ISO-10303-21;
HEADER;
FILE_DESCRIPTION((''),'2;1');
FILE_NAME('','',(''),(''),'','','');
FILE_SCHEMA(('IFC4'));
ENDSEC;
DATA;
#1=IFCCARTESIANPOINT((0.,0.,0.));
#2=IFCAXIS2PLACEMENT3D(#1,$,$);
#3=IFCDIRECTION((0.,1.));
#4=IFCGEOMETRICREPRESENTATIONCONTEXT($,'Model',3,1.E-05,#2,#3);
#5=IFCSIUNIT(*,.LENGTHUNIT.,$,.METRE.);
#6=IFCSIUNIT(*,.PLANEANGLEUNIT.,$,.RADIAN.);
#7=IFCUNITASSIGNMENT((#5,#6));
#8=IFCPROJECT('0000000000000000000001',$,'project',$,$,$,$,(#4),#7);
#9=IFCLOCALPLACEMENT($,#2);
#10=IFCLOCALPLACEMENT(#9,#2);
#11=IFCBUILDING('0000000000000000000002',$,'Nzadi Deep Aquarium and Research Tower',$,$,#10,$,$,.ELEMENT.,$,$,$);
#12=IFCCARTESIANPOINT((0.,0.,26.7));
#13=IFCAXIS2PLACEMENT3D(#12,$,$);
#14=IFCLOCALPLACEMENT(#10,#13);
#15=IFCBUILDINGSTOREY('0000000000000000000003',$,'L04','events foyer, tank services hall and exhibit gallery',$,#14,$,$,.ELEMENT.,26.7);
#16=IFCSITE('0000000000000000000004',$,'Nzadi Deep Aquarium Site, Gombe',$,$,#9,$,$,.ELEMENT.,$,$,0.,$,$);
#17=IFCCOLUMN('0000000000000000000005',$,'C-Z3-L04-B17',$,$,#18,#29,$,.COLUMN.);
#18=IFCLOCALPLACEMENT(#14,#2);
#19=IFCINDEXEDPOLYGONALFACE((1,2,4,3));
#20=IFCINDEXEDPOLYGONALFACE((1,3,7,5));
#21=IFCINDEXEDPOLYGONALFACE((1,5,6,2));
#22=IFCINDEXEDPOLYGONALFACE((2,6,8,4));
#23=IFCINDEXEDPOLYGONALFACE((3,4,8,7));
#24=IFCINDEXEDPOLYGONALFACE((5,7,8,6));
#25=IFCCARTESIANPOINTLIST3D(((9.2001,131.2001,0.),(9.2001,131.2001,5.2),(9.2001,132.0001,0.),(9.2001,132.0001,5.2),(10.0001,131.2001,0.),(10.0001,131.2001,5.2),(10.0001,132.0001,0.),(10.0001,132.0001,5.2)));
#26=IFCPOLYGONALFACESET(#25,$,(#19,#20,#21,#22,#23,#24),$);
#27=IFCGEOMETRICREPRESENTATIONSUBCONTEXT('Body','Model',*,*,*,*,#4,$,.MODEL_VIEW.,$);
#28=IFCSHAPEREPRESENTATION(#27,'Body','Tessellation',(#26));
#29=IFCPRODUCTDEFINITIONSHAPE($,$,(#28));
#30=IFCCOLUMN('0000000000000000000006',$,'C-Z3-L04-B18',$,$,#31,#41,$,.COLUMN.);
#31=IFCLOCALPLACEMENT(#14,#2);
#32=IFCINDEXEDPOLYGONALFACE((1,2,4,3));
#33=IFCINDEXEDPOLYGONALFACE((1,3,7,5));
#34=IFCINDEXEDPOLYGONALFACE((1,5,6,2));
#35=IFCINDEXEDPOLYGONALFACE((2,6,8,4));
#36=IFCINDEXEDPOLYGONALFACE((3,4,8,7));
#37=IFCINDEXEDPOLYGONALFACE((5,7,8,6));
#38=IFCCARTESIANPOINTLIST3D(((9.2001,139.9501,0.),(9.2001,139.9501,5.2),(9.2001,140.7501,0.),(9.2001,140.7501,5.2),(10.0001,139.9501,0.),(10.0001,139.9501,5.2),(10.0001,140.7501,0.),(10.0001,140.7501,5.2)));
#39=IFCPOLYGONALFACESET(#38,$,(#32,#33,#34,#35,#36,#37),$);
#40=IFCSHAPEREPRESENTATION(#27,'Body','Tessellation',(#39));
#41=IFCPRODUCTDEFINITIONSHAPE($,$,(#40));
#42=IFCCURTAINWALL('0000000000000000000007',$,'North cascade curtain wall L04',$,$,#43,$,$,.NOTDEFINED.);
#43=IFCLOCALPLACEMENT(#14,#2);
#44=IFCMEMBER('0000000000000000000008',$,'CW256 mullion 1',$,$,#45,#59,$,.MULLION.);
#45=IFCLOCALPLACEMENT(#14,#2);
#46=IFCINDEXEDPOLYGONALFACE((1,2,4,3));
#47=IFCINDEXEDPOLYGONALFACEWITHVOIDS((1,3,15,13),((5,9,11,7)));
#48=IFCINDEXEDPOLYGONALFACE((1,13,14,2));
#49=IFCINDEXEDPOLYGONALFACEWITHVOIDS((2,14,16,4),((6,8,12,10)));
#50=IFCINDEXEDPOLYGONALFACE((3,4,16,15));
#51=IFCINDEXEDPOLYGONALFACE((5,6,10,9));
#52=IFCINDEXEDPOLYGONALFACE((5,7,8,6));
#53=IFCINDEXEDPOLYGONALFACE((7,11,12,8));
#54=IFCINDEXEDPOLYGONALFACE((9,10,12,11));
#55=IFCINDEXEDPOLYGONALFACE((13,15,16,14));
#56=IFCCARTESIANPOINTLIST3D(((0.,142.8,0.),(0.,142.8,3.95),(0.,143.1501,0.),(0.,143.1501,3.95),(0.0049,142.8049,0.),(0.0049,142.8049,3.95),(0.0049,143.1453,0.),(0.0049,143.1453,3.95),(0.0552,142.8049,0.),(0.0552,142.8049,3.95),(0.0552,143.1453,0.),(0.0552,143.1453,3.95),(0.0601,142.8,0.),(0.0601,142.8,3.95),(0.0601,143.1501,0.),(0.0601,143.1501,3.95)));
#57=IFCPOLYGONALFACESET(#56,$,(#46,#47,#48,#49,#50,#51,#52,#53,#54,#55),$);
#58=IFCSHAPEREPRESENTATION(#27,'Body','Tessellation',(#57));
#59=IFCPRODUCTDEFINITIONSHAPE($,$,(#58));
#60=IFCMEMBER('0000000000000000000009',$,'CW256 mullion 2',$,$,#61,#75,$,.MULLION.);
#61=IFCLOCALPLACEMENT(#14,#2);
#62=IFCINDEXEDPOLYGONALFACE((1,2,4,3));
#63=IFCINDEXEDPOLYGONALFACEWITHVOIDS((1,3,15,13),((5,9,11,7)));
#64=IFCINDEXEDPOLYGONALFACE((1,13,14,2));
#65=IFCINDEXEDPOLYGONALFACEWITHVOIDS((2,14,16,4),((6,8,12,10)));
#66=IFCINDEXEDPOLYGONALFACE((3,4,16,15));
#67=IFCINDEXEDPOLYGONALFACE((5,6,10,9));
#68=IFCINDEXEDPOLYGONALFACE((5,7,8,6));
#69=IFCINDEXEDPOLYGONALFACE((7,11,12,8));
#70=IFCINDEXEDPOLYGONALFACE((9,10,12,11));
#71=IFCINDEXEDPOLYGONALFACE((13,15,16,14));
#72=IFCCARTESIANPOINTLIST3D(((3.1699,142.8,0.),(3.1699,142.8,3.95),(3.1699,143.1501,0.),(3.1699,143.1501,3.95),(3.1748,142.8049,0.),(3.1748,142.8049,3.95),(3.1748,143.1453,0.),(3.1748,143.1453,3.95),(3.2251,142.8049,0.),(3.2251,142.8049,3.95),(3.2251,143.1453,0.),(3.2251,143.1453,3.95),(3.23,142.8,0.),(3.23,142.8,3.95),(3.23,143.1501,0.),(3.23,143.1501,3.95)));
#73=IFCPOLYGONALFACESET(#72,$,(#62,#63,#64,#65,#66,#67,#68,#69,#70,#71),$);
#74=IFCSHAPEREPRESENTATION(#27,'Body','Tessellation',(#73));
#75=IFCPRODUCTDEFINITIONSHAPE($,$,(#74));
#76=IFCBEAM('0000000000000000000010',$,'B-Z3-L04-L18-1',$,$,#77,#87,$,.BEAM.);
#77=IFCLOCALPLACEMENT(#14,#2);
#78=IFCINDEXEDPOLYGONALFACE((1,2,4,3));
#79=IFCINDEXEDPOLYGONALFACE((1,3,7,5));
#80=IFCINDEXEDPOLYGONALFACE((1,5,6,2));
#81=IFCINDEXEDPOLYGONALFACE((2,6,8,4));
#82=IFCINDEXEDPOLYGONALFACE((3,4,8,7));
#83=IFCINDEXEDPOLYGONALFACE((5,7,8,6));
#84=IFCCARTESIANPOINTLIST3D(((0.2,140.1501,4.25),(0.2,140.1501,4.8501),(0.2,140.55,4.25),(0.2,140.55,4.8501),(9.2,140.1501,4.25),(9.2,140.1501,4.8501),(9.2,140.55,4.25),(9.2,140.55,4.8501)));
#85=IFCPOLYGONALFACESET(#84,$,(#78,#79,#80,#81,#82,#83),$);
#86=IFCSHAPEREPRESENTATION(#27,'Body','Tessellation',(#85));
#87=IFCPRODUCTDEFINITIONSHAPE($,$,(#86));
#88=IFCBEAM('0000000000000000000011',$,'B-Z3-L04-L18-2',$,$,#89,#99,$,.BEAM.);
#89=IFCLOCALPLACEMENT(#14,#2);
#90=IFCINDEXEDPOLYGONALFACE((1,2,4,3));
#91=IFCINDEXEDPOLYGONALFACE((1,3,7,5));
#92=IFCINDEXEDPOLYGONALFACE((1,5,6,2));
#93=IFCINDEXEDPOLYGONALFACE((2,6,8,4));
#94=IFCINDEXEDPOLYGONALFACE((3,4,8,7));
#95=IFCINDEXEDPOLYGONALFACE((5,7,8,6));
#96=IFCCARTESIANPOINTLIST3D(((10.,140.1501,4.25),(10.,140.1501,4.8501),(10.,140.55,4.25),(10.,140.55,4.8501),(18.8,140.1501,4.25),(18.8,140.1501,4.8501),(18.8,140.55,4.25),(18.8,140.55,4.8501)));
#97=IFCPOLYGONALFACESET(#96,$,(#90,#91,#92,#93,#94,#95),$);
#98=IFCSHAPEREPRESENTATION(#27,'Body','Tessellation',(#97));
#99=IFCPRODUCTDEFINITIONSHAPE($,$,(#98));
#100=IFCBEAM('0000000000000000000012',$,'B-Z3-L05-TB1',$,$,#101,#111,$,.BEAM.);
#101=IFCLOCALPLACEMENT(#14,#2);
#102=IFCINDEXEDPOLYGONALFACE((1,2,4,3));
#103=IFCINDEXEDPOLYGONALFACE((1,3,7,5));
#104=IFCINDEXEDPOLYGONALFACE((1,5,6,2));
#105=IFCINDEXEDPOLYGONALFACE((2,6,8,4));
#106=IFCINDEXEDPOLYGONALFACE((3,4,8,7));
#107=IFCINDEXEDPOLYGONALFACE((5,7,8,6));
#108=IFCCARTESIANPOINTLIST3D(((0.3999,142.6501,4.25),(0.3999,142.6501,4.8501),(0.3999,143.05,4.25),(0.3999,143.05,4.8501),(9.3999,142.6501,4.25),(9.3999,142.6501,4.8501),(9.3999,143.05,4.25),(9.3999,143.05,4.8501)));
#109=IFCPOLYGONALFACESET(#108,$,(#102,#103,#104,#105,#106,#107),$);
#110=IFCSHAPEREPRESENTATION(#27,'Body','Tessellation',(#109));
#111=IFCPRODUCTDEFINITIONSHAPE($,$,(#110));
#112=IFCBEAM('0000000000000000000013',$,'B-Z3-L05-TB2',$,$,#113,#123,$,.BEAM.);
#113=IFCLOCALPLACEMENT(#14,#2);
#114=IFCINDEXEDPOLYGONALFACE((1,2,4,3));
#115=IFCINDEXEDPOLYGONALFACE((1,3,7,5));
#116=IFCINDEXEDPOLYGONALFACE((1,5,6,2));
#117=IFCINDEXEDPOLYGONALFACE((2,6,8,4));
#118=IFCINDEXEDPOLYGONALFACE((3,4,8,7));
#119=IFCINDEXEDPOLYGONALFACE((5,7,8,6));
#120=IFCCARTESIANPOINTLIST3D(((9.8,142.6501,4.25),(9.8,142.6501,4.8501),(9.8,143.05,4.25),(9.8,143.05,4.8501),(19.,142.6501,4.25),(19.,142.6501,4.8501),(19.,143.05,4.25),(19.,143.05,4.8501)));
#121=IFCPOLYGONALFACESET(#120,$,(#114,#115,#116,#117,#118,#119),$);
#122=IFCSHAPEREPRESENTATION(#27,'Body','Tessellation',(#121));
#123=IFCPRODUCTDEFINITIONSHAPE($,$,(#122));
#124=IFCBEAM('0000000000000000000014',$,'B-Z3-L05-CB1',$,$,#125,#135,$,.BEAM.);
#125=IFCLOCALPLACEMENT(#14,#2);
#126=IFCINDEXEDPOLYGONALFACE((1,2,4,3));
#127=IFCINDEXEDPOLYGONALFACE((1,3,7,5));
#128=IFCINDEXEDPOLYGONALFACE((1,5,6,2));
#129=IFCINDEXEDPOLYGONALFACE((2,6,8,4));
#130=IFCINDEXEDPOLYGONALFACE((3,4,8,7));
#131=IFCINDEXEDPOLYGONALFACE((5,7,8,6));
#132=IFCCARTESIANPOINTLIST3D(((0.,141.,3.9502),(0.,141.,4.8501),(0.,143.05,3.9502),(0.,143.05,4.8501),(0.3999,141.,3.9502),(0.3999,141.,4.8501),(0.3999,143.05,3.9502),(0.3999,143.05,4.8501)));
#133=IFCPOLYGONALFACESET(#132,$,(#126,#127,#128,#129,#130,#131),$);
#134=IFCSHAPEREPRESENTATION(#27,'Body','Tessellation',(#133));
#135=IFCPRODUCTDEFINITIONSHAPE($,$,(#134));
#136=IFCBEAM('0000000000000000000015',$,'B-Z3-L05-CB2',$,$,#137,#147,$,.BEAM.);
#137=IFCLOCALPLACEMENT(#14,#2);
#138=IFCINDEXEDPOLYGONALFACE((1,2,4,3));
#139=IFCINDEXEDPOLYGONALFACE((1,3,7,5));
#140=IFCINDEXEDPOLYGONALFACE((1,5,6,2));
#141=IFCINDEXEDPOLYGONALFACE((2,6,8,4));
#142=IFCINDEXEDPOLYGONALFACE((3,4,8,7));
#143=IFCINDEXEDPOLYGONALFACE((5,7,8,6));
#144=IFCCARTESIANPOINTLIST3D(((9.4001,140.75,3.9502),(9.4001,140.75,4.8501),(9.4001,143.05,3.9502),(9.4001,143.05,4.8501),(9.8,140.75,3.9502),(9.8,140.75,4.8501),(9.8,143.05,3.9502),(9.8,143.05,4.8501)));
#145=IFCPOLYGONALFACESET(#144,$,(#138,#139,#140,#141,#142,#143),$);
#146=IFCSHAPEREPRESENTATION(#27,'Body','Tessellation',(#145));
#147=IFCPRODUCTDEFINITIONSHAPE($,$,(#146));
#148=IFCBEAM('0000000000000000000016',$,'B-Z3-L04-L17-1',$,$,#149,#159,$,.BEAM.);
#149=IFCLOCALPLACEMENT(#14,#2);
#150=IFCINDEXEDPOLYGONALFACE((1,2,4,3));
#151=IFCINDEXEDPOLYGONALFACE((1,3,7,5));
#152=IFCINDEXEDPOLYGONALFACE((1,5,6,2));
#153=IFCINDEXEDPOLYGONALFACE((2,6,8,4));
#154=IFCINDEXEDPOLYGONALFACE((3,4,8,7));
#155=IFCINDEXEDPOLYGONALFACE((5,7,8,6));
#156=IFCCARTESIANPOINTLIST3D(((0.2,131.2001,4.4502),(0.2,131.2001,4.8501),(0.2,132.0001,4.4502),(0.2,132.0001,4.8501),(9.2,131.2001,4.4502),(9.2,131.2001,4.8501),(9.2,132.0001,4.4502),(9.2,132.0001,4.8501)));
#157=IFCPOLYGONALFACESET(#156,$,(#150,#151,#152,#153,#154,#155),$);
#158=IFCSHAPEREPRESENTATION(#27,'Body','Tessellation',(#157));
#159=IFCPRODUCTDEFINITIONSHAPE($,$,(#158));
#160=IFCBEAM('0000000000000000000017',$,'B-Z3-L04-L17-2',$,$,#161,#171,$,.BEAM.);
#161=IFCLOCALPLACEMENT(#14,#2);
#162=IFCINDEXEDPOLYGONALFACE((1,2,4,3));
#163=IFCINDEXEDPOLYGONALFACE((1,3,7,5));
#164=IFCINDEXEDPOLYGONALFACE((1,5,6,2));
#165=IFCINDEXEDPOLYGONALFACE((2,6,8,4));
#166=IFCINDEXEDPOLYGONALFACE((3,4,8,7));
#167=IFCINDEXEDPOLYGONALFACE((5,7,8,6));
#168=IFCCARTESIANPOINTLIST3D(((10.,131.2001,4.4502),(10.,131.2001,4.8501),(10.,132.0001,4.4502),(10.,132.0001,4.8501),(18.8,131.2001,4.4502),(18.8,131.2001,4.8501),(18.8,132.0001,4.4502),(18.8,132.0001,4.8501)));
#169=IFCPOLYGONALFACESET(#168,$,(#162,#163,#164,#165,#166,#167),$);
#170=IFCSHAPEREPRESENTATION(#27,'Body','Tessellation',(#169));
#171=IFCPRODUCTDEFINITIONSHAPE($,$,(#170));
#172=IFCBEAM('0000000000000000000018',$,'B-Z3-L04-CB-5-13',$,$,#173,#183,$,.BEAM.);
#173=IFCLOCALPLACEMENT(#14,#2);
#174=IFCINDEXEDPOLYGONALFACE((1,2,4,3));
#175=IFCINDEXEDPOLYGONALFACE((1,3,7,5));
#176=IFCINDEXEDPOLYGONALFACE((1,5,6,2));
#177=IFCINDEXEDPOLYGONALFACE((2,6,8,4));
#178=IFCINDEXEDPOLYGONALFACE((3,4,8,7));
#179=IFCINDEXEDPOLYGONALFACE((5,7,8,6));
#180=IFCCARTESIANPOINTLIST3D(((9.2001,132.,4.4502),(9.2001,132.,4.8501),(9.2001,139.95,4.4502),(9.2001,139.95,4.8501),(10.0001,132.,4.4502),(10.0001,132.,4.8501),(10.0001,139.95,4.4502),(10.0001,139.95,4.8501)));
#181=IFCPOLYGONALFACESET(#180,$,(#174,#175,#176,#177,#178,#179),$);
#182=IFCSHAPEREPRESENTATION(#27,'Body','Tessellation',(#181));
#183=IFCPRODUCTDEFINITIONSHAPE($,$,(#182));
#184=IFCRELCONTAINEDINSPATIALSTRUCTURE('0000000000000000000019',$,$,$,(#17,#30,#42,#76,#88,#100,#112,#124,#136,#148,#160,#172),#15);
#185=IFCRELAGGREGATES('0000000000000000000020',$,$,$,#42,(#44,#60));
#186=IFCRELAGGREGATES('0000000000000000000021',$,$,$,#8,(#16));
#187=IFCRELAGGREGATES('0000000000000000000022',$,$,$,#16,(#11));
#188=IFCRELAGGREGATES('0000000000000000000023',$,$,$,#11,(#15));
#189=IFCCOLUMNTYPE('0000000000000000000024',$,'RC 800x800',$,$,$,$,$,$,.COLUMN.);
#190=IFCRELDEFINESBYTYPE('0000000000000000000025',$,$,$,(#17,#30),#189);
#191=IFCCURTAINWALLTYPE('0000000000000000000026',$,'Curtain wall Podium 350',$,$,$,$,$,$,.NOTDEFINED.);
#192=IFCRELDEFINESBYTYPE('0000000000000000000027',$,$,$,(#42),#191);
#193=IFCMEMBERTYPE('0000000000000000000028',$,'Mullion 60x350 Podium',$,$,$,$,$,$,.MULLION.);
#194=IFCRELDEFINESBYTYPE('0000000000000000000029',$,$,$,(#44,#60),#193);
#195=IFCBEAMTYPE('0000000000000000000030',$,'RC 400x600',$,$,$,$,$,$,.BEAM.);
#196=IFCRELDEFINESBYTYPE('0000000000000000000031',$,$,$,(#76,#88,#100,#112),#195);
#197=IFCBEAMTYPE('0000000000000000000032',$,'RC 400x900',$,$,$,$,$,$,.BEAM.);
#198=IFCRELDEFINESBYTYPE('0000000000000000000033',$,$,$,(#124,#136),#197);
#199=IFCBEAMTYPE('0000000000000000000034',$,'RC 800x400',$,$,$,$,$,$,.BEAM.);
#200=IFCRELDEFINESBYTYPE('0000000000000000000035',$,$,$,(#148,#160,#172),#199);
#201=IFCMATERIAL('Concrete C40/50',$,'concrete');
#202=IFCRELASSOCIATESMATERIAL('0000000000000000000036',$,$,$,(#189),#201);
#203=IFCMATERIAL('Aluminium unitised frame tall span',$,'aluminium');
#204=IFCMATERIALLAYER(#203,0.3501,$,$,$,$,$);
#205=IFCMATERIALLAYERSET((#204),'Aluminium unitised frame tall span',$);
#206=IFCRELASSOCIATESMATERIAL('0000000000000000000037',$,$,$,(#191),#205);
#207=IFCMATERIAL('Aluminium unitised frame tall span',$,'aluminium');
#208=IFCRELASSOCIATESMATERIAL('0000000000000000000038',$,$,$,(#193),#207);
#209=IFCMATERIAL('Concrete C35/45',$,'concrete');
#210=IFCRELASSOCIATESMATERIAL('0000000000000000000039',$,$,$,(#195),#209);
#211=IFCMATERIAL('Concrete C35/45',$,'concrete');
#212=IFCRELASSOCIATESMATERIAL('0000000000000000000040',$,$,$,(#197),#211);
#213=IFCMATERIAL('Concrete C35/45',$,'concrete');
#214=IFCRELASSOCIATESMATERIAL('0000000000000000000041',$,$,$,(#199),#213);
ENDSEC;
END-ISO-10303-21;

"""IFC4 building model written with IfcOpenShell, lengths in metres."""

from ifc_helpers import new_model, si_unit, direction, frame, origin, origin_2d, place, context, subcontext, project, spatial, rectangle, hollow_rectangle, extrude, material, layer, layer_set, material_profile, profile_set, type_object, element, aggregate, save


model = new_model("IFC4")

# Units and contexts
model_context = context("Model", 3, precision=1e-05, world=origin(), true_north=direction((0.0, 1.0)))
body_context = subcontext(model_context, "Body", "Model", "MODEL_VIEW")
ifc_project = project(units=[si_unit("LENGTHUNIT", "METRE"), si_unit("PLANEANGLEUNIT", "RADIAN")], contexts=[model_context])

# Site, building, storey
site_placement = place(None, origin())
site = spatial("IfcSite", under=ifc_project, at=site_placement, Name="Nzadi Deep Aquarium Site, Gombe", CompositionType="ELEMENT", RefElevation=0.0)
building_placement = place(site_placement, origin())
building = spatial("IfcBuilding", under=site, at=building_placement, Name="Nzadi Deep Aquarium and Research Tower", CompositionType="ELEMENT")
storey_placement = place(building_placement, frame((0.0, 0.0, 26.7)))
storey = spatial("IfcBuildingStorey", under=building, at=storey_placement, Name="L04", Description="events foyer, tank services hall and exhibit gallery", CompositionType="ELEMENT", Elevation=26.7)

# Columns
ifc_material_1 = material(Name="Concrete C40/50", Category="concrete")
ifc_material_profile_1 = material_profile(ifc_material_1, rectangle(XDim=0.8, YDim=0.8, at=origin_2d()))
ifc_profile_set_1 = profile_set([ifc_material_profile_1], Name="Concrete C40/50")
column_type = type_object("IfcColumnType", Name="RC 800x800", PredefinedType="COLUMN", material=ifc_profile_set_1)
for number, where, z_axis, x_axis, name in (
    (1, (9.6001, 131.6001, 0.0), (0.0, 0.0, 1.0), (1.0, 0.0, 0.0), "C-Z3-L04-B17"),
    (2, (9.6001, 140.3501, 0.0), (0.0, 0.0, 1.0), (1.0, 0.0, 0.0), "C-Z3-L04-B18"),
):
    element("IfcColumn", number, at=place(storey_placement, frame(where, z_axis=z_axis, x_axis=x_axis)), inside=storey, type_object=column_type, Name=name, PredefinedType="COLUMN", context=body_context, shape_type="SweptSolid", body=[
        extrude(rectangle(XDim=0.8, YDim=0.8, at=origin_2d()), origin(), (0.0, 0.0, 1.0), 5.2),
    ])

# Curtain wall, members
ifc_material_2 = material(Name="Aluminium unitised frame tall span", Category="aluminium")
ifc_layer_1 = layer(ifc_material_2, 0.3501)
ifc_layer_set_1 = layer_set([ifc_layer_1], Name="Aluminium unitised frame tall span")
curtain_wall_type = type_object("IfcCurtainWallType", Name="Curtain wall Podium 350", PredefinedType="NOTDEFINED", material=ifc_layer_set_1)
curtain_wall_placement = place(storey_placement, origin())
curtain_wall = element("IfcCurtainWall", 3, at=curtain_wall_placement, inside=storey, type_object=curtain_wall_type, Name="North cascade curtain wall L04", PredefinedType="NOTDEFINED")
ifc_material_3 = material(Name="Aluminium unitised frame tall span", Category="aluminium")
ifc_material_profile_2 = material_profile(ifc_material_3, hollow_rectangle(XDim=0.3501, YDim=0.0601, WallThickness=0.0049, at=origin_2d()))
ifc_profile_set_2 = profile_set([ifc_material_profile_2], Name="Aluminium unitised frame tall span")
member_type_1 = type_object("IfcMemberType", Name="Mullion 60x350 Podium", PredefinedType="MULLION", material=ifc_profile_set_2)
member_1_placement = place(storey_placement, frame((0.03, 142.9751, 0.0), z_axis=(0.0, 0.0, 1.0), x_axis=(0.0, 1.0, 0.0)))
member_1 = element("IfcMember", 4, at=member_1_placement, type_object=member_type_1, Name="CW256 mullion 1", PredefinedType="MULLION", context=body_context, shape_type="SweptSolid", body=[
    extrude(hollow_rectangle(XDim=0.3501, YDim=0.0601, WallThickness=0.0049, at=origin_2d()), origin(), (0.0, 0.0, 1.0), 3.95),
])
member_2_placement = place(storey_placement, frame((3.2, 142.9751, 0.0), z_axis=(0.0, 0.0, 1.0), x_axis=(0.0, 1.0, 0.0)))
member_2 = element("IfcMember", 5, at=member_2_placement, type_object=member_type_1, Name="CW256 mullion 2", PredefinedType="MULLION", context=body_context, shape_type="SweptSolid", body=[
    extrude(hollow_rectangle(XDim=0.3501, YDim=0.0601, WallThickness=0.0049, at=origin_2d()), origin(), (0.0, 0.0, 1.0), 3.95),
])

# Beams
ifc_material_4 = material(Name="Concrete C35/45", Category="concrete")
ifc_material_profile_3 = material_profile(ifc_material_4, rectangle(XDim=0.3999, YDim=0.6001, at=origin_2d()))
ifc_profile_set_3 = profile_set([ifc_material_profile_3], Name="Concrete C35/45")
beam_type_1 = type_object("IfcBeamType", Name="RC 400x600", PredefinedType="BEAM", material=ifc_profile_set_3)
beam_1_placement = place(storey_placement, frame((0.2, 140.3501, 4.55), z_axis=(1.0, 0.0, 0.0), x_axis=(0.0, 1.0, 0.0)))
element("IfcBeam", 6, at=beam_1_placement, inside=storey, type_object=beam_type_1, Name="B-Z3-L04-L18-1", PredefinedType="BEAM", context=body_context, shape_type="SweptSolid", body=[
    extrude(rectangle(XDim=0.3999, YDim=0.6001, at=origin_2d()), origin(), (0.0, 0.0, 1.0), 9.0),
])
beam_2_placement = place(storey_placement, frame((10.0, 140.3501, 4.55), z_axis=(1.0, 0.0, 0.0), x_axis=(0.0, 1.0, 0.0)))
element("IfcBeam", 7, at=beam_2_placement, inside=storey, type_object=beam_type_1, Name="B-Z3-L04-L18-2", PredefinedType="BEAM", context=body_context, shape_type="SweptSolid", body=[
    extrude(rectangle(XDim=0.3999, YDim=0.6001, at=origin_2d()), origin(), (0.0, 0.0, 1.0), 8.8),
])
beam_3_placement = place(storey_placement, frame((0.3999, 142.8501, 4.55), z_axis=(1.0, 0.0, 0.0), x_axis=(0.0, 1.0, 0.0)))
element("IfcBeam", 8, at=beam_3_placement, inside=storey, type_object=beam_type_1, Name="B-Z3-L05-TB1", PredefinedType="BEAM", context=body_context, shape_type="SweptSolid", body=[
    extrude(rectangle(XDim=0.3999, YDim=0.6001, at=origin_2d()), origin(), (0.0, 0.0, 1.0), 9.0),
])
beam_4_placement = place(storey_placement, frame((9.8, 142.8501, 4.55), z_axis=(1.0, 0.0, 0.0), x_axis=(0.0, 1.0, 0.0)))
element("IfcBeam", 9, at=beam_4_placement, inside=storey, type_object=beam_type_1, Name="B-Z3-L05-TB2", PredefinedType="BEAM", context=body_context, shape_type="SweptSolid", body=[
    extrude(rectangle(XDim=0.3999, YDim=0.6001, at=origin_2d()), origin(), (0.0, 0.0, 1.0), 9.2),
])
ifc_material_5 = material(Name="Concrete C35/45", Category="concrete")
ifc_material_profile_4 = material_profile(ifc_material_5, rectangle(XDim=0.3999, YDim=0.8999, at=origin_2d()))
ifc_profile_set_4 = profile_set([ifc_material_profile_4], Name="Concrete C35/45")
beam_type_2 = type_object("IfcBeamType", Name="RC 400x900", PredefinedType="BEAM", material=ifc_profile_set_4)
beam_5_placement = place(storey_placement, frame((0.2, 141.0, 4.4001), z_axis=(0.0, 1.0, 0.0), x_axis=(-1.0, 0.0, 0.0)))
element("IfcBeam", 10, at=beam_5_placement, inside=storey, type_object=beam_type_2, Name="B-Z3-L05-CB1", PredefinedType="BEAM", context=body_context, shape_type="SweptSolid", body=[
    extrude(rectangle(XDim=0.3999, YDim=0.8999, at=origin_2d()), origin(), (0.0, 0.0, 1.0), 2.05),
])
beam_6_placement = place(storey_placement, frame((9.6001, 140.75, 4.4001), z_axis=(0.0, 1.0, 0.0), x_axis=(-1.0, 0.0, 0.0)))
element("IfcBeam", 11, at=beam_6_placement, inside=storey, type_object=beam_type_2, Name="B-Z3-L05-CB2", PredefinedType="BEAM", context=body_context, shape_type="SweptSolid", body=[
    extrude(rectangle(XDim=0.3999, YDim=0.8999, at=origin_2d()), origin(), (0.0, 0.0, 1.0), 2.3),
])
ifc_material_6 = material(Name="Concrete C35/45", Category="concrete")
ifc_material_profile_5 = material_profile(ifc_material_6, rectangle(XDim=0.8, YDim=0.3999, at=origin_2d()))
ifc_profile_set_5 = profile_set([ifc_material_profile_5], Name="Concrete C35/45")
beam_type_3 = type_object("IfcBeamType", Name="RC 800x400", PredefinedType="BEAM", material=ifc_profile_set_5)
beam_7_placement = place(storey_placement, frame((0.2, 131.6001, 4.6501), z_axis=(1.0, 0.0, 0.0), x_axis=(0.0, 1.0, 0.0)))
element("IfcBeam", 12, at=beam_7_placement, inside=storey, type_object=beam_type_3, Name="B-Z3-L04-L17-1", PredefinedType="BEAM", context=body_context, shape_type="SweptSolid", body=[
    extrude(rectangle(XDim=0.8, YDim=0.3999, at=origin_2d()), origin(), (0.0, 0.0, 1.0), 9.0),
])
beam_8_placement = place(storey_placement, frame((10.0, 131.6001, 4.6501), z_axis=(1.0, 0.0, 0.0), x_axis=(0.0, 1.0, 0.0)))
element("IfcBeam", 13, at=beam_8_placement, inside=storey, type_object=beam_type_3, Name="B-Z3-L04-L17-2", PredefinedType="BEAM", context=body_context, shape_type="SweptSolid", body=[
    extrude(rectangle(XDim=0.8, YDim=0.3999, at=origin_2d()), origin(), (0.0, 0.0, 1.0), 8.8),
])
beam_9_placement = place(storey_placement, frame((9.6001, 132.0, 4.6501), z_axis=(0.0, 1.0, 0.0), x_axis=(-1.0, 0.0, 0.0)))
element("IfcBeam", 14, at=beam_9_placement, inside=storey, type_object=beam_type_3, Name="B-Z3-L04-CB-5-13", PredefinedType="BEAM", context=body_context, shape_type="SweptSolid", body=[
    extrude(rectangle(XDim=0.8, YDim=0.3999, at=origin_2d()), origin(), (0.0, 0.0, 1.0), 7.95),
])

aggregate(curtain_wall, [member_1, member_2])

save(model, "model.ifc")
